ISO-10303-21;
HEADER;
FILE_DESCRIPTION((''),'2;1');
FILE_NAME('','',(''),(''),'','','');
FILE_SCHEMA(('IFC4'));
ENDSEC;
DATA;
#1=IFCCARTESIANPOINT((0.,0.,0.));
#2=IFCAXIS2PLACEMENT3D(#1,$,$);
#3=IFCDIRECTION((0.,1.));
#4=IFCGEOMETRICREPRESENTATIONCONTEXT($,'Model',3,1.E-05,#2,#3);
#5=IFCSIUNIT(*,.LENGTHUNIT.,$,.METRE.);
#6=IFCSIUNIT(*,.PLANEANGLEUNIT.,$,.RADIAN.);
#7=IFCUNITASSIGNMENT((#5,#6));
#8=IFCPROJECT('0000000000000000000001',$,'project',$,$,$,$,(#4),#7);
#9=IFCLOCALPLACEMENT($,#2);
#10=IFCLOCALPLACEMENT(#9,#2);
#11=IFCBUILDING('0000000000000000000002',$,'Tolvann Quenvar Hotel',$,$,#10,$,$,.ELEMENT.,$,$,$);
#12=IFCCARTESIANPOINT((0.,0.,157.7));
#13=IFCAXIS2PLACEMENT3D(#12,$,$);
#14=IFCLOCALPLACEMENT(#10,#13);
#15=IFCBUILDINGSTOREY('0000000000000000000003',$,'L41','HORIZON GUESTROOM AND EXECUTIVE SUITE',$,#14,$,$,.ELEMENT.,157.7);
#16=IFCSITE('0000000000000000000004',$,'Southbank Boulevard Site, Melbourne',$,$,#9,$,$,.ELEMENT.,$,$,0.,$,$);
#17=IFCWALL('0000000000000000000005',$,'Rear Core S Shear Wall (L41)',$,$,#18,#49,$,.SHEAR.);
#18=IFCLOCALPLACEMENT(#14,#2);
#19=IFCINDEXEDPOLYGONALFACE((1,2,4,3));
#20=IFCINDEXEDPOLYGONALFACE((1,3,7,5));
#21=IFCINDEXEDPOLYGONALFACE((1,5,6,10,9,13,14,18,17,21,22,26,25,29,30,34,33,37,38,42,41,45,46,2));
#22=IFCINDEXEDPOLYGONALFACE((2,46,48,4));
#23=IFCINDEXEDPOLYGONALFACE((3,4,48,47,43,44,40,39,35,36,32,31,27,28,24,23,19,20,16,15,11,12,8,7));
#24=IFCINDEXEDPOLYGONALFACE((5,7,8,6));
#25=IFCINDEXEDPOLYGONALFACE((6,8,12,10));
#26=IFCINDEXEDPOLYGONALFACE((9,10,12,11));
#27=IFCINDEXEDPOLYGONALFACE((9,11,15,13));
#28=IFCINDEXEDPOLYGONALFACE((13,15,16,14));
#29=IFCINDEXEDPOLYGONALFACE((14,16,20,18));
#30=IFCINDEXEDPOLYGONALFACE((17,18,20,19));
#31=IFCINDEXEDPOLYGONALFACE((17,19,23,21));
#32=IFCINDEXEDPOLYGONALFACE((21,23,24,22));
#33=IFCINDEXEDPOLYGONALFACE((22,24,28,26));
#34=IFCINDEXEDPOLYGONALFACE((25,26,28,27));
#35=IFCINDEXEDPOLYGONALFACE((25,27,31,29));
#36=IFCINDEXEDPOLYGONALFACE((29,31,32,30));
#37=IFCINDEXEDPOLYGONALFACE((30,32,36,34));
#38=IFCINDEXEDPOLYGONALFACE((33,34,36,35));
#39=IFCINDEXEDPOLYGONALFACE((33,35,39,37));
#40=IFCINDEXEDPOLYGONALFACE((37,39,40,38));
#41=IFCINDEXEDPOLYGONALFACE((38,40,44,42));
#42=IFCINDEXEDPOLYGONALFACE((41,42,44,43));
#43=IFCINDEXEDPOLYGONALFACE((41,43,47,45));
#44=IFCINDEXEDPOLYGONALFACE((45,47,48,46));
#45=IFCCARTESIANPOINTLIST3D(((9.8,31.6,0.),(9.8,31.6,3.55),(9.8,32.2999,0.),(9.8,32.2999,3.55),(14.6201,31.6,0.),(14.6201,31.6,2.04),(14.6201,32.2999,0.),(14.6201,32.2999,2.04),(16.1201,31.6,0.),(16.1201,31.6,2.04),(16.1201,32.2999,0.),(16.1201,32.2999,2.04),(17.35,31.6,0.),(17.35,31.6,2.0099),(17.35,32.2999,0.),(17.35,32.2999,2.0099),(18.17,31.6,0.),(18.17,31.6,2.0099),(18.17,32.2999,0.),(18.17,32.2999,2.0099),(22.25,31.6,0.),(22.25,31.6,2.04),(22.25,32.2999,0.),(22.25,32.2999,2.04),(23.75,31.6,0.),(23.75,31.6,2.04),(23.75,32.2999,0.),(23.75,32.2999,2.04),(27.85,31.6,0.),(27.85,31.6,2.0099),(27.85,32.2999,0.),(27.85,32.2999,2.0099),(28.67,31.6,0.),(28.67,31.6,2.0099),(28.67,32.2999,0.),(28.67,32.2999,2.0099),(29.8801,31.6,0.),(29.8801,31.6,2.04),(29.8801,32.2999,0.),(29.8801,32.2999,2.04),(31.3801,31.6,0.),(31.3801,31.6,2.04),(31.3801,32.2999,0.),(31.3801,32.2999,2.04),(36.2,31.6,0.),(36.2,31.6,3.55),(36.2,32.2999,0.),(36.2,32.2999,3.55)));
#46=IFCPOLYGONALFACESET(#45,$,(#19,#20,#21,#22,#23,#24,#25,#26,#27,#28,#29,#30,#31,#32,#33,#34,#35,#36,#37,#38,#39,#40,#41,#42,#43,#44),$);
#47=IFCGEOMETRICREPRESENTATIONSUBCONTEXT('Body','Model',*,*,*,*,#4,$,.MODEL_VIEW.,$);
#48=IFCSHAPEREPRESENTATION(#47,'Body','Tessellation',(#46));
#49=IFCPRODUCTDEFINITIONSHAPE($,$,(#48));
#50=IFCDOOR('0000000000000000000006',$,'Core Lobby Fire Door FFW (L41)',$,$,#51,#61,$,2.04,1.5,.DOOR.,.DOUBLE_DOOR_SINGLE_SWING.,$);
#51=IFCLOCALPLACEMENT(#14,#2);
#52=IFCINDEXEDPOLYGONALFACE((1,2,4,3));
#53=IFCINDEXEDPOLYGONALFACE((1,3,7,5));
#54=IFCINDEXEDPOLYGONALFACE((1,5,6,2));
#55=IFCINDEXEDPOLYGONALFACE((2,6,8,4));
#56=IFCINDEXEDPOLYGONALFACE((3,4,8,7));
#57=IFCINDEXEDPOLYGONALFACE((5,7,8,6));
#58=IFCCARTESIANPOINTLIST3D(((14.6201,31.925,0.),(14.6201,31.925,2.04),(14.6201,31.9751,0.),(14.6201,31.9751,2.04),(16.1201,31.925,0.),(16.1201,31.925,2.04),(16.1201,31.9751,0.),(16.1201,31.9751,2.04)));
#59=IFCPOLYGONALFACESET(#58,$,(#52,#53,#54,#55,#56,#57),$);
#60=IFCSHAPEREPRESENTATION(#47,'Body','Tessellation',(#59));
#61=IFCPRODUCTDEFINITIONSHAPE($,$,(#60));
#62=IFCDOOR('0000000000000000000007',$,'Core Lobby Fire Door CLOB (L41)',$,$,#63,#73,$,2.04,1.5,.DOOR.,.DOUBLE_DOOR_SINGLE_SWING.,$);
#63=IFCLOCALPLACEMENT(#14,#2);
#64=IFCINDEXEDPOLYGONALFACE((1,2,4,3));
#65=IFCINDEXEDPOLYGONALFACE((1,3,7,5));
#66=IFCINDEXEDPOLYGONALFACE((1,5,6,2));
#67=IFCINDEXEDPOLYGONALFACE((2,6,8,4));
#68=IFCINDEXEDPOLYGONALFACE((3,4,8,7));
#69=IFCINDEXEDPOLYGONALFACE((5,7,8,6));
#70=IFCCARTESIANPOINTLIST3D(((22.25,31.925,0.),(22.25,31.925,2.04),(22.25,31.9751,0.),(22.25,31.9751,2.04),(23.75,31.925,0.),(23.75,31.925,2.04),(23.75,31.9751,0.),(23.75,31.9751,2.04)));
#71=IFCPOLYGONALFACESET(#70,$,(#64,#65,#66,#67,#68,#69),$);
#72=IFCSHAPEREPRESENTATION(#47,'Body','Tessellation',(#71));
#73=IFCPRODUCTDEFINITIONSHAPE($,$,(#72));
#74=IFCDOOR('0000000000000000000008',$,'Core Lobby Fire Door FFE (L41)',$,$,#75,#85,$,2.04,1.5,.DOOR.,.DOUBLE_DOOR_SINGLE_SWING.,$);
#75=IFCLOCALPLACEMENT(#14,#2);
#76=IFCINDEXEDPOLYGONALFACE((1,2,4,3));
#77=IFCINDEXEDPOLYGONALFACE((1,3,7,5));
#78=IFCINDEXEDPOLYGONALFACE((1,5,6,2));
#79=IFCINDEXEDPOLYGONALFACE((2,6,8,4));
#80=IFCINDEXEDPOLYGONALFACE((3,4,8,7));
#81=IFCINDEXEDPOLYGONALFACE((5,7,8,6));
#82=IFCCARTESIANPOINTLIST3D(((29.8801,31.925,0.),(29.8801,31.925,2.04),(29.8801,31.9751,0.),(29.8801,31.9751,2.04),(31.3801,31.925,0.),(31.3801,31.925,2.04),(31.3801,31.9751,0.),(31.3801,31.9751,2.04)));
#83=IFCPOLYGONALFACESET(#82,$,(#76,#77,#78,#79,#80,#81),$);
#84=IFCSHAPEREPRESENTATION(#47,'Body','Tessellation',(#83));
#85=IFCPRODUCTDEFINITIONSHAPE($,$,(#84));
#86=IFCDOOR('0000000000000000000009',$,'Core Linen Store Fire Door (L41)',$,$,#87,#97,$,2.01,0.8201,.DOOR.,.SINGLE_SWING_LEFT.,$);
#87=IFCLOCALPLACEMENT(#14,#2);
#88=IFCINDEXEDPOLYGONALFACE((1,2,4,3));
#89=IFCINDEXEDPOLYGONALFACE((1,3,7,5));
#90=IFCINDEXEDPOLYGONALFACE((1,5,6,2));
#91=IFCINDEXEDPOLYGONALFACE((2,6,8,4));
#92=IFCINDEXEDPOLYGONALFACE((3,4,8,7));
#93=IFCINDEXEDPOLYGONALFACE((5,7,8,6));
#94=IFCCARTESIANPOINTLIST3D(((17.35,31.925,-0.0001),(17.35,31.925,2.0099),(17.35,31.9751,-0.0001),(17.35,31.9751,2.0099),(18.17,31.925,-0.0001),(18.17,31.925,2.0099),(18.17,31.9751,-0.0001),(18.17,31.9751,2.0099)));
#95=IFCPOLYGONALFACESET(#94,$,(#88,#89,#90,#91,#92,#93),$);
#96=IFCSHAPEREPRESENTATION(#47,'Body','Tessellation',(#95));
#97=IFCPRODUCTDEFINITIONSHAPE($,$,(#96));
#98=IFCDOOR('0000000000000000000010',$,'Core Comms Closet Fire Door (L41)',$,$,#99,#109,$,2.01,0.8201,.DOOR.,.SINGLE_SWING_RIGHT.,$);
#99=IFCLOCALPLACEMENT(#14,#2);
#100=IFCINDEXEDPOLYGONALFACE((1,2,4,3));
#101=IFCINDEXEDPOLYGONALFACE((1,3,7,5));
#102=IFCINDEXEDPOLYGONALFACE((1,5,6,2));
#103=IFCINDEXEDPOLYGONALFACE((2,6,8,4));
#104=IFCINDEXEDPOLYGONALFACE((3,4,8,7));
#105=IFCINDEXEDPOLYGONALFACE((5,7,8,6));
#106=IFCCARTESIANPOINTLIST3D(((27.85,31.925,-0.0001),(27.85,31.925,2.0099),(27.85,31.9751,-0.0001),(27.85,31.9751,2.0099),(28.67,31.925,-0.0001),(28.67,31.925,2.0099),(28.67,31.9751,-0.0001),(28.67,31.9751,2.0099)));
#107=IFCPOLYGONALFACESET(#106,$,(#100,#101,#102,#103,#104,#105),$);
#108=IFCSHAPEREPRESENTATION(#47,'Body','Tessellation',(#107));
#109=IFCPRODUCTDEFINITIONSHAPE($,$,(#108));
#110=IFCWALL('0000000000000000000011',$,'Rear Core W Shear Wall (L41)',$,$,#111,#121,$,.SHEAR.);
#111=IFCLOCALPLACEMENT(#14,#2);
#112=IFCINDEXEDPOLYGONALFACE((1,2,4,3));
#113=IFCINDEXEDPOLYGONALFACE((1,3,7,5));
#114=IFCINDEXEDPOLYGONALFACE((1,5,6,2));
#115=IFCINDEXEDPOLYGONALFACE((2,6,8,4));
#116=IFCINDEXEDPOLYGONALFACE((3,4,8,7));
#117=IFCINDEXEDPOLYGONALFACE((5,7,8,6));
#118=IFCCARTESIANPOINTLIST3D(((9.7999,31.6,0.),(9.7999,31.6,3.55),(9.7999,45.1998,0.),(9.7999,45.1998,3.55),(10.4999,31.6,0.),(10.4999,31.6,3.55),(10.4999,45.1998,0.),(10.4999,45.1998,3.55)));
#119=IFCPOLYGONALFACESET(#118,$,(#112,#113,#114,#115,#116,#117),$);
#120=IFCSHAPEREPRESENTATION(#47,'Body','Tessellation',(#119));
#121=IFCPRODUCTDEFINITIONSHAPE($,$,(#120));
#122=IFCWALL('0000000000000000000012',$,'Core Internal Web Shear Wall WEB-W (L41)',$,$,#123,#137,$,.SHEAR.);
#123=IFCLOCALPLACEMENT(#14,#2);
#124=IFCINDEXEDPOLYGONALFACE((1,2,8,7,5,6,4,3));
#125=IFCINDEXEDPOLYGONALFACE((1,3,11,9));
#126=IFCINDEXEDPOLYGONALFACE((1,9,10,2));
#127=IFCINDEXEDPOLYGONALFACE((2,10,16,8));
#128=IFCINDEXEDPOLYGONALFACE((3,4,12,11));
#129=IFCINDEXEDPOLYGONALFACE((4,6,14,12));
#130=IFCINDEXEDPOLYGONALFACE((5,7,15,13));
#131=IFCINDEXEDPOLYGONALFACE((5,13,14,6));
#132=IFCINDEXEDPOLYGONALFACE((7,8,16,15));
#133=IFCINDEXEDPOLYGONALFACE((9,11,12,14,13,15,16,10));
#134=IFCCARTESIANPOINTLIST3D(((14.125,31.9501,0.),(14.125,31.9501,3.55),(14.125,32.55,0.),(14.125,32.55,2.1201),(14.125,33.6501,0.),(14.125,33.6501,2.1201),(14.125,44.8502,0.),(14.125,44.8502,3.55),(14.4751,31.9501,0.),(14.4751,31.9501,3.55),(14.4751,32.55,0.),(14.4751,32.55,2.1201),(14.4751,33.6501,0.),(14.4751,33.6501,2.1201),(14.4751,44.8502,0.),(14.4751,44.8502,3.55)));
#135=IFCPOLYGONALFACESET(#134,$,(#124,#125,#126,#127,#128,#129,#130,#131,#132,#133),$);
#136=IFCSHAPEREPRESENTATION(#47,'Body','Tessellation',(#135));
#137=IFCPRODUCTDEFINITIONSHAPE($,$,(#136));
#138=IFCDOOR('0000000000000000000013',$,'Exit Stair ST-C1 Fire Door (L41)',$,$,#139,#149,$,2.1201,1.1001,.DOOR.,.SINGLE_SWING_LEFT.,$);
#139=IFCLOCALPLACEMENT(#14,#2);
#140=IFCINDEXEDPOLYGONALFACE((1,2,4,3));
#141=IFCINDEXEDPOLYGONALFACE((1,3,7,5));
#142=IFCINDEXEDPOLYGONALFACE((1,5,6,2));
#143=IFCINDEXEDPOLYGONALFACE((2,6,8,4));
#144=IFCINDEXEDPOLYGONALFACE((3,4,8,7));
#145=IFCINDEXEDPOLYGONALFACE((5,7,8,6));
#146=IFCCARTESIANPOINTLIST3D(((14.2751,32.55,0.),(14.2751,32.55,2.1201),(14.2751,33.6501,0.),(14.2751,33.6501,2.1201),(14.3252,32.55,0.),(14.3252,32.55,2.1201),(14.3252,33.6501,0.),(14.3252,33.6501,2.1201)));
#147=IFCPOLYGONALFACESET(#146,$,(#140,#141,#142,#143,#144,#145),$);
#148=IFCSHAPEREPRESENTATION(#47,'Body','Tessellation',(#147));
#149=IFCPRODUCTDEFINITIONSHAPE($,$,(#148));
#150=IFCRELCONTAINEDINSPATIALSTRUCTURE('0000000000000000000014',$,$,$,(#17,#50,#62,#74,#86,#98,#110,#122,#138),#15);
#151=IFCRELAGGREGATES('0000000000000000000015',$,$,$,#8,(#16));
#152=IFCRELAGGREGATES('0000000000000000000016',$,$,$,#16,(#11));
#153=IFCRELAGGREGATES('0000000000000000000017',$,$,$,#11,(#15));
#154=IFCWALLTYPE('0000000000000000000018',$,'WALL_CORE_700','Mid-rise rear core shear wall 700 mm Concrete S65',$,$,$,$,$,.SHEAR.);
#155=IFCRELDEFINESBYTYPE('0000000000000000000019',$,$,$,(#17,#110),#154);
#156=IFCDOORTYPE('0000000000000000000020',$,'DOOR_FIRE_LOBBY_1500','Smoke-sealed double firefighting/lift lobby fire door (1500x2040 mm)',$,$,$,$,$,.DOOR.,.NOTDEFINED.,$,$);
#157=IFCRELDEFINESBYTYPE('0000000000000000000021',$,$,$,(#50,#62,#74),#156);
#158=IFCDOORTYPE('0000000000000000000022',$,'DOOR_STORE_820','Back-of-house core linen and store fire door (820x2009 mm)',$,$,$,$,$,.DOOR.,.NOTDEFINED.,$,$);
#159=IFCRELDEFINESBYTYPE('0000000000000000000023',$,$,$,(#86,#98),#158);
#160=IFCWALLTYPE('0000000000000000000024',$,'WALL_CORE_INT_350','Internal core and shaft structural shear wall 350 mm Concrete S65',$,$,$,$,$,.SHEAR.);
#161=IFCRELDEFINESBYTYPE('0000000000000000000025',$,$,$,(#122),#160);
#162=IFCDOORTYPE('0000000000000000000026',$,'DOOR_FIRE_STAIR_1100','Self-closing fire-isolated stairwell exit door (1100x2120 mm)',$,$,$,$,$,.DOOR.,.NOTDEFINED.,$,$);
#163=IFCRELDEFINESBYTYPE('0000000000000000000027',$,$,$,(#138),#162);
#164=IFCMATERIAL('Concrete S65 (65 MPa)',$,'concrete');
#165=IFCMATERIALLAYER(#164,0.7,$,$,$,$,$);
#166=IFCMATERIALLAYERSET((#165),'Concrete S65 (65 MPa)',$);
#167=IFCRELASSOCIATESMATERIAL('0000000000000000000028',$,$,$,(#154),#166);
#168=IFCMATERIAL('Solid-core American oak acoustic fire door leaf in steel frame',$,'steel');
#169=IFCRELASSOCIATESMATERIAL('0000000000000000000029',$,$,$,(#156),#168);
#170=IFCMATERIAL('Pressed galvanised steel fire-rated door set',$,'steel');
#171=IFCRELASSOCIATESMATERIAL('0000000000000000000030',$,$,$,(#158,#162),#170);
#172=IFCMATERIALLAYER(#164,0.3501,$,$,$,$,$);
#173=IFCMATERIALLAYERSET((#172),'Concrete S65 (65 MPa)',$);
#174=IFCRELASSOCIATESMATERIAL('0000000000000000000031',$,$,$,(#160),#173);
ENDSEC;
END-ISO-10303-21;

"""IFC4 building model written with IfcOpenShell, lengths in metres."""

from ifc_helpers import new_model, si_unit, direction, frame, frame_2d, origin, place, context, subcontext, project, spatial, rectangle, extrude, source, transform, mapped, material, layer, layer_set, type_object, type_shapes, element, fill, save


model = new_model("IFC4")

# Units and contexts
model_context = context("Model", 3, precision=1e-05, world=origin(), true_north=direction((0.0, 1.0)))
body_context = subcontext(model_context, "Body", "Model", "MODEL_VIEW")
ifc_project = project(units=[si_unit("LENGTHUNIT", "METRE"), si_unit("PLANEANGLEUNIT", "RADIAN")], contexts=[model_context])

# Site, building, storey
site_placement = place(None, origin())
site = spatial("IfcSite", under=ifc_project, at=site_placement, Name="Southbank Boulevard Site, Melbourne", CompositionType="ELEMENT", RefElevation=0.0)
building_placement = place(site_placement, origin())
building = spatial("IfcBuilding", under=site, at=building_placement, Name="Tolvann Quenvar Hotel", CompositionType="ELEMENT")
storey_placement = place(building_placement, frame((0.0, 0.0, 157.7)))
storey = spatial("IfcBuildingStorey", under=building, at=storey_placement, Name="L41", Description="HORIZON GUESTROOM AND EXECUTIVE SUITE", CompositionType="ELEMENT", Elevation=157.7)

# Wall, openings, doors
ifc_material_1 = material(Name="Concrete S65 (65 MPa)", Category="concrete")
ifc_layer_1 = layer(ifc_material_1, 0.7)
ifc_layer_set_1 = layer_set([ifc_layer_1], Name="Concrete S65 (65 MPa)")
wall_type_1 = type_object("IfcWallType", Name="WALL_CORE_700", Description="Mid-rise rear core shear wall 700 mm Concrete S65", PredefinedType="SHEAR", material=ifc_layer_set_1)
wall_1_placement = place(storey_placement, frame((9.8, 31.95, 0.0), z_axis=(0.0, 0.0, 1.0), x_axis=(1.0, 0.0, 0.0)))
wall_1 = element("IfcWall", 1, at=wall_1_placement, inside=storey, type_object=wall_type_1, Name="Rear Core S Shear Wall (L41)", PredefinedType="SHEAR", context=body_context, shape_type="SweptSolid", body=[
    extrude(rectangle(XDim=26.3999, YDim=0.7, at=frame_2d((13.2, 0.0))), origin(), (0.0, 0.0, 1.0), 3.55),
])
opening_1_placement = place(wall_1_placement, frame((6.3201, 0.0, 0.0), z_axis=(0.0, 0.0, 1.0), x_axis=(-1.0, 0.0, 0.0)))
opening_1 = element("IfcOpeningElement", 2, at=opening_1_placement, cuts=wall_1, PredefinedType="OPENING", context=body_context, shape_type="SweptSolid", body=[
    extrude(rectangle(XDim=1.5, YDim=2.04, at=frame_2d((0.75, 1.02))), frame((0.0, 0.3599, 0.0), z_axis=(0.0, -1.0, 0.0), x_axis=(1.0, 0.0, 0.0)), (0.0, 0.0, 1.0), 0.72),
])
opening_2_placement = place(wall_1_placement, frame((13.95, 0.0, 0.0), z_axis=(0.0, 0.0, 1.0), x_axis=(-1.0, 0.0, 0.0)))
opening_2 = element("IfcOpeningElement", 3, at=opening_2_placement, cuts=wall_1, PredefinedType="OPENING", context=body_context, shape_type="SweptSolid", body=[
    extrude(rectangle(XDim=1.5, YDim=2.04, at=frame_2d((0.75, 1.02))), frame((0.0, 0.3599, 0.0), z_axis=(0.0, -1.0, 0.0), x_axis=(1.0, 0.0, 0.0)), (0.0, 0.0, 1.0), 0.72),
])
opening_3_placement = place(wall_1_placement, frame((21.5801, 0.0, 0.0), z_axis=(0.0, 0.0, 1.0), x_axis=(-1.0, 0.0, 0.0)))
opening_3 = element("IfcOpeningElement", 4, at=opening_3_placement, cuts=wall_1, PredefinedType="OPENING", context=body_context, shape_type="SweptSolid", body=[
    extrude(rectangle(XDim=1.5, YDim=2.04, at=frame_2d((0.75, 1.02))), frame((0.0, 0.3599, 0.0), z_axis=(0.0, -1.0, 0.0), x_axis=(1.0, 0.0, 0.0)), (0.0, 0.0, 1.0), 0.72),
])
opening_4_placement = place(wall_1_placement, frame((8.3701, 0.0, 0.0), z_axis=(0.0, 0.0, 1.0), x_axis=(-1.0, 0.0, 0.0)))
opening_4 = element("IfcOpeningElement", 5, at=opening_4_placement, cuts=wall_1, PredefinedType="OPENING", context=body_context, shape_type="SweptSolid", body=[
    extrude(rectangle(XDim=0.8201, YDim=2.01, at=frame_2d((0.4102, 1.0049))), frame((0.0, 0.3599, 0.0), z_axis=(0.0, -1.0, 0.0), x_axis=(1.0, 0.0, 0.0)), (0.0, 0.0, 1.0), 0.72),
])
opening_5_placement = place(wall_1_placement, frame((18.8701, 0.0, 0.0), z_axis=(0.0, 0.0, 1.0), x_axis=(-1.0, 0.0, 0.0)))
opening_5 = element("IfcOpeningElement", 6, at=opening_5_placement, cuts=wall_1, PredefinedType="OPENING", context=body_context, shape_type="SweptSolid", body=[
    extrude(rectangle(XDim=0.8201, YDim=2.01, at=frame_2d((0.4102, 1.0049))), frame((0.0, 0.3599, 0.0), z_axis=(0.0, -1.0, 0.0), x_axis=(1.0, 0.0, 0.0)), (0.0, 0.0, 1.0), 0.72),
])
ifc_material_2 = material(Name="Solid-core American oak acoustic fire door leaf in steel frame", Category="steel")
door_type_1 = type_object("IfcDoorType", Name="DOOR_FIRE_LOBBY_1500", Description="Smoke-sealed double firefighting/lift lobby fire door (1500x2040 mm)", OperationType="NOTDEFINED", PredefinedType="DOOR", material=ifc_material_2)
shared_shape_1 = source(origin(), body_context, "Body", "SweptSolid", [
    extrude(rectangle(XDim=1.5, YDim=2.04, at=frame_2d((0.75, 1.02))), frame((0.0, 0.0249, 0.0), z_axis=(0.0, -1.0, 0.0), x_axis=(1.0, 0.0, 0.0)), (0.0, 0.0, 1.0), 0.05),
])
type_shapes(door_type_1, [shared_shape_1])
door_1_placement = place(opening_1_placement, origin())
door_1 = element("IfcDoor", 7, at=door_1_placement, inside=storey, type_object=door_type_1, Name="Core Lobby Fire Door FFW (L41)", OperationType="DOUBLE_DOOR_SINGLE_SWING", OverallHeight=2.04, OverallWidth=1.5, PredefinedType="DOOR", context=body_context, shape_type="MappedRepresentation", body=[
    mapped(shared_shape_1, transform((0.0, 0.0, 0.0), x_axis=(1.0, 0.0, 0.0), y_axis=(0.0, 1.0, 0.0), z_axis=(0.0, 0.0, 1.0), scale=1.0)),
])
fill(opening_1, door_1)
door_2_placement = place(opening_2_placement, origin())
door_2 = element("IfcDoor", 8, at=door_2_placement, inside=storey, type_object=door_type_1, Name="Core Lobby Fire Door CLOB (L41)", OperationType="DOUBLE_DOOR_SINGLE_SWING", OverallHeight=2.04, OverallWidth=1.5, PredefinedType="DOOR", context=body_context, shape_type="MappedRepresentation", body=[
    mapped(shared_shape_1, transform((0.0, 0.0, 0.0), x_axis=(1.0, 0.0, 0.0), y_axis=(0.0, 1.0, 0.0), z_axis=(0.0, 0.0, 1.0), scale=1.0)),
])
fill(opening_2, door_2)
door_3_placement = place(opening_3_placement, origin())
door_3 = element("IfcDoor", 9, at=door_3_placement, inside=storey, type_object=door_type_1, Name="Core Lobby Fire Door FFE (L41)", OperationType="DOUBLE_DOOR_SINGLE_SWING", OverallHeight=2.04, OverallWidth=1.5, PredefinedType="DOOR", context=body_context, shape_type="MappedRepresentation", body=[
    mapped(shared_shape_1, transform((0.0, 0.0, 0.0), x_axis=(1.0, 0.0, 0.0), y_axis=(0.0, 1.0, 0.0), z_axis=(0.0, 0.0, 1.0), scale=1.0)),
])
fill(opening_3, door_3)
ifc_material_3 = material(Name="Pressed galvanised steel fire-rated door set", Category="steel")
door_type_2 = type_object("IfcDoorType", Name="DOOR_STORE_820", Description="Back-of-house core linen and store fire door (820x2009 mm)", OperationType="NOTDEFINED", PredefinedType="DOOR", material=ifc_material_3)
shared_shape_2 = source(origin(), body_context, "Body", "SweptSolid", [
    extrude(rectangle(XDim=0.8201, YDim=2.01, at=frame_2d((0.4102, 1.0049))), frame((0.0, 0.0249, 0.0), z_axis=(0.0, -1.0, 0.0), x_axis=(1.0, 0.0, 0.0)), (0.0, 0.0, 1.0), 0.05),
])
type_shapes(door_type_2, [shared_shape_2])
door_4_placement = place(opening_4_placement, origin())
door_4 = element("IfcDoor", 10, at=door_4_placement, inside=storey, type_object=door_type_2, Name="Core Linen Store Fire Door (L41)", OperationType="SINGLE_SWING_LEFT", OverallHeight=2.01, OverallWidth=0.8201, PredefinedType="DOOR", context=body_context, shape_type="MappedRepresentation", body=[
    mapped(shared_shape_2, transform((0.0, 0.0, 0.0), x_axis=(1.0, 0.0, 0.0), y_axis=(0.0, 1.0, 0.0), z_axis=(0.0, 0.0, 1.0), scale=1.0)),
])
fill(opening_4, door_4)
door_5_placement = place(opening_5_placement, origin())
door_5 = element("IfcDoor", 11, at=door_5_placement, inside=storey, type_object=door_type_2, Name="Core Comms Closet Fire Door (L41)", OperationType="SINGLE_SWING_RIGHT", OverallHeight=2.01, OverallWidth=0.8201, PredefinedType="DOOR", context=body_context, shape_type="MappedRepresentation", body=[
    mapped(shared_shape_2, transform((0.0, 0.0, 0.0), x_axis=(1.0, 0.0, 0.0), y_axis=(0.0, 1.0, 0.0), z_axis=(0.0, 0.0, 1.0), scale=1.0)),
])
fill(opening_5, door_5)

# Wall
wall_2_placement = place(storey_placement, frame((10.1499, 31.6001, 0.0), z_axis=(0.0, 0.0, 1.0), x_axis=(0.0, 1.0, 0.0)))
element("IfcWall", 12, at=wall_2_placement, inside=storey, type_object=wall_type_1, Name="Rear Core W Shear Wall (L41)", PredefinedType="SHEAR", context=body_context, shape_type="SweptSolid", body=[
    extrude(rectangle(XDim=13.5999, YDim=0.7, at=frame_2d((6.7998, 0.0))), origin(), (0.0, 0.0, 1.0), 3.55),
])

# Wall, opening, door
ifc_layer_2 = layer(ifc_material_1, 0.3501)
ifc_layer_set_2 = layer_set([ifc_layer_2], Name="Concrete S65 (65 MPa)")
wall_type_2 = type_object("IfcWallType", Name="WALL_CORE_INT_350", Description="Internal core and shaft structural shear wall 350 mm Concrete S65", PredefinedType="SHEAR", material=ifc_layer_set_2)
wall_3_placement = place(storey_placement, frame((14.3, 31.95, 0.0), z_axis=(0.0, 0.0, 1.0), x_axis=(0.0, 1.0, 0.0)))
wall_3 = element("IfcWall", 13, at=wall_3_placement, inside=storey, type_object=wall_type_2, Name="Core Internal Web Shear Wall WEB-W (L41)", PredefinedType="SHEAR", context=body_context, shape_type="SweptSolid", body=[
    extrude(rectangle(XDim=12.9001, YDim=0.3501, at=frame_2d((6.4502, 0.0))), origin(), (0.0, 0.0, 1.0), 3.55),
])
opening_6_placement = place(wall_3_placement, frame((0.6001, 0.0, 0.0)))
opening_6 = element("IfcOpeningElement", 14, at=opening_6_placement, cuts=wall_3, PredefinedType="OPENING", context=body_context, shape_type="SweptSolid", body=[
    extrude(rectangle(XDim=1.1001, YDim=2.1201, at=frame_2d((0.55, 1.0601))), frame((0.0, 0.1851, 0.0), z_axis=(0.0, -1.0, 0.0), x_axis=(1.0, 0.0, 0.0)), (0.0, 0.0, 1.0), 0.3701),
])
door_type_3 = type_object("IfcDoorType", Name="DOOR_FIRE_STAIR_1100", Description="Self-closing fire-isolated stairwell exit door (1100x2120 mm)", OperationType="NOTDEFINED", PredefinedType="DOOR", material=ifc_material_3)
shared_shape_3 = source(origin(), body_context, "Body", "SweptSolid", [
    extrude(rectangle(XDim=1.1001, YDim=2.1201, at=frame_2d((0.55, 1.0601))), frame((0.0, 0.0249, 0.0), z_axis=(0.0, -1.0, 0.0), x_axis=(1.0, 0.0, 0.0)), (0.0, 0.0, 1.0), 0.05),
])
type_shapes(door_type_3, [shared_shape_3])
door_6_placement = place(opening_6_placement, origin())
door_6 = element("IfcDoor", 15, at=door_6_placement, inside=storey, type_object=door_type_3, Name="Exit Stair ST-C1 Fire Door (L41)", OperationType="SINGLE_SWING_LEFT", OverallHeight=2.1201, OverallWidth=1.1001, PredefinedType="DOOR", context=body_context, shape_type="MappedRepresentation", body=[
    mapped(shared_shape_3, transform((0.0, 0.0, 0.0), x_axis=(1.0, 0.0, 0.0), y_axis=(0.0, 1.0, 0.0), z_axis=(0.0, 0.0, 1.0), scale=1.0)),
])
fill(opening_6, door_6)

save(model, "model.ifc")
